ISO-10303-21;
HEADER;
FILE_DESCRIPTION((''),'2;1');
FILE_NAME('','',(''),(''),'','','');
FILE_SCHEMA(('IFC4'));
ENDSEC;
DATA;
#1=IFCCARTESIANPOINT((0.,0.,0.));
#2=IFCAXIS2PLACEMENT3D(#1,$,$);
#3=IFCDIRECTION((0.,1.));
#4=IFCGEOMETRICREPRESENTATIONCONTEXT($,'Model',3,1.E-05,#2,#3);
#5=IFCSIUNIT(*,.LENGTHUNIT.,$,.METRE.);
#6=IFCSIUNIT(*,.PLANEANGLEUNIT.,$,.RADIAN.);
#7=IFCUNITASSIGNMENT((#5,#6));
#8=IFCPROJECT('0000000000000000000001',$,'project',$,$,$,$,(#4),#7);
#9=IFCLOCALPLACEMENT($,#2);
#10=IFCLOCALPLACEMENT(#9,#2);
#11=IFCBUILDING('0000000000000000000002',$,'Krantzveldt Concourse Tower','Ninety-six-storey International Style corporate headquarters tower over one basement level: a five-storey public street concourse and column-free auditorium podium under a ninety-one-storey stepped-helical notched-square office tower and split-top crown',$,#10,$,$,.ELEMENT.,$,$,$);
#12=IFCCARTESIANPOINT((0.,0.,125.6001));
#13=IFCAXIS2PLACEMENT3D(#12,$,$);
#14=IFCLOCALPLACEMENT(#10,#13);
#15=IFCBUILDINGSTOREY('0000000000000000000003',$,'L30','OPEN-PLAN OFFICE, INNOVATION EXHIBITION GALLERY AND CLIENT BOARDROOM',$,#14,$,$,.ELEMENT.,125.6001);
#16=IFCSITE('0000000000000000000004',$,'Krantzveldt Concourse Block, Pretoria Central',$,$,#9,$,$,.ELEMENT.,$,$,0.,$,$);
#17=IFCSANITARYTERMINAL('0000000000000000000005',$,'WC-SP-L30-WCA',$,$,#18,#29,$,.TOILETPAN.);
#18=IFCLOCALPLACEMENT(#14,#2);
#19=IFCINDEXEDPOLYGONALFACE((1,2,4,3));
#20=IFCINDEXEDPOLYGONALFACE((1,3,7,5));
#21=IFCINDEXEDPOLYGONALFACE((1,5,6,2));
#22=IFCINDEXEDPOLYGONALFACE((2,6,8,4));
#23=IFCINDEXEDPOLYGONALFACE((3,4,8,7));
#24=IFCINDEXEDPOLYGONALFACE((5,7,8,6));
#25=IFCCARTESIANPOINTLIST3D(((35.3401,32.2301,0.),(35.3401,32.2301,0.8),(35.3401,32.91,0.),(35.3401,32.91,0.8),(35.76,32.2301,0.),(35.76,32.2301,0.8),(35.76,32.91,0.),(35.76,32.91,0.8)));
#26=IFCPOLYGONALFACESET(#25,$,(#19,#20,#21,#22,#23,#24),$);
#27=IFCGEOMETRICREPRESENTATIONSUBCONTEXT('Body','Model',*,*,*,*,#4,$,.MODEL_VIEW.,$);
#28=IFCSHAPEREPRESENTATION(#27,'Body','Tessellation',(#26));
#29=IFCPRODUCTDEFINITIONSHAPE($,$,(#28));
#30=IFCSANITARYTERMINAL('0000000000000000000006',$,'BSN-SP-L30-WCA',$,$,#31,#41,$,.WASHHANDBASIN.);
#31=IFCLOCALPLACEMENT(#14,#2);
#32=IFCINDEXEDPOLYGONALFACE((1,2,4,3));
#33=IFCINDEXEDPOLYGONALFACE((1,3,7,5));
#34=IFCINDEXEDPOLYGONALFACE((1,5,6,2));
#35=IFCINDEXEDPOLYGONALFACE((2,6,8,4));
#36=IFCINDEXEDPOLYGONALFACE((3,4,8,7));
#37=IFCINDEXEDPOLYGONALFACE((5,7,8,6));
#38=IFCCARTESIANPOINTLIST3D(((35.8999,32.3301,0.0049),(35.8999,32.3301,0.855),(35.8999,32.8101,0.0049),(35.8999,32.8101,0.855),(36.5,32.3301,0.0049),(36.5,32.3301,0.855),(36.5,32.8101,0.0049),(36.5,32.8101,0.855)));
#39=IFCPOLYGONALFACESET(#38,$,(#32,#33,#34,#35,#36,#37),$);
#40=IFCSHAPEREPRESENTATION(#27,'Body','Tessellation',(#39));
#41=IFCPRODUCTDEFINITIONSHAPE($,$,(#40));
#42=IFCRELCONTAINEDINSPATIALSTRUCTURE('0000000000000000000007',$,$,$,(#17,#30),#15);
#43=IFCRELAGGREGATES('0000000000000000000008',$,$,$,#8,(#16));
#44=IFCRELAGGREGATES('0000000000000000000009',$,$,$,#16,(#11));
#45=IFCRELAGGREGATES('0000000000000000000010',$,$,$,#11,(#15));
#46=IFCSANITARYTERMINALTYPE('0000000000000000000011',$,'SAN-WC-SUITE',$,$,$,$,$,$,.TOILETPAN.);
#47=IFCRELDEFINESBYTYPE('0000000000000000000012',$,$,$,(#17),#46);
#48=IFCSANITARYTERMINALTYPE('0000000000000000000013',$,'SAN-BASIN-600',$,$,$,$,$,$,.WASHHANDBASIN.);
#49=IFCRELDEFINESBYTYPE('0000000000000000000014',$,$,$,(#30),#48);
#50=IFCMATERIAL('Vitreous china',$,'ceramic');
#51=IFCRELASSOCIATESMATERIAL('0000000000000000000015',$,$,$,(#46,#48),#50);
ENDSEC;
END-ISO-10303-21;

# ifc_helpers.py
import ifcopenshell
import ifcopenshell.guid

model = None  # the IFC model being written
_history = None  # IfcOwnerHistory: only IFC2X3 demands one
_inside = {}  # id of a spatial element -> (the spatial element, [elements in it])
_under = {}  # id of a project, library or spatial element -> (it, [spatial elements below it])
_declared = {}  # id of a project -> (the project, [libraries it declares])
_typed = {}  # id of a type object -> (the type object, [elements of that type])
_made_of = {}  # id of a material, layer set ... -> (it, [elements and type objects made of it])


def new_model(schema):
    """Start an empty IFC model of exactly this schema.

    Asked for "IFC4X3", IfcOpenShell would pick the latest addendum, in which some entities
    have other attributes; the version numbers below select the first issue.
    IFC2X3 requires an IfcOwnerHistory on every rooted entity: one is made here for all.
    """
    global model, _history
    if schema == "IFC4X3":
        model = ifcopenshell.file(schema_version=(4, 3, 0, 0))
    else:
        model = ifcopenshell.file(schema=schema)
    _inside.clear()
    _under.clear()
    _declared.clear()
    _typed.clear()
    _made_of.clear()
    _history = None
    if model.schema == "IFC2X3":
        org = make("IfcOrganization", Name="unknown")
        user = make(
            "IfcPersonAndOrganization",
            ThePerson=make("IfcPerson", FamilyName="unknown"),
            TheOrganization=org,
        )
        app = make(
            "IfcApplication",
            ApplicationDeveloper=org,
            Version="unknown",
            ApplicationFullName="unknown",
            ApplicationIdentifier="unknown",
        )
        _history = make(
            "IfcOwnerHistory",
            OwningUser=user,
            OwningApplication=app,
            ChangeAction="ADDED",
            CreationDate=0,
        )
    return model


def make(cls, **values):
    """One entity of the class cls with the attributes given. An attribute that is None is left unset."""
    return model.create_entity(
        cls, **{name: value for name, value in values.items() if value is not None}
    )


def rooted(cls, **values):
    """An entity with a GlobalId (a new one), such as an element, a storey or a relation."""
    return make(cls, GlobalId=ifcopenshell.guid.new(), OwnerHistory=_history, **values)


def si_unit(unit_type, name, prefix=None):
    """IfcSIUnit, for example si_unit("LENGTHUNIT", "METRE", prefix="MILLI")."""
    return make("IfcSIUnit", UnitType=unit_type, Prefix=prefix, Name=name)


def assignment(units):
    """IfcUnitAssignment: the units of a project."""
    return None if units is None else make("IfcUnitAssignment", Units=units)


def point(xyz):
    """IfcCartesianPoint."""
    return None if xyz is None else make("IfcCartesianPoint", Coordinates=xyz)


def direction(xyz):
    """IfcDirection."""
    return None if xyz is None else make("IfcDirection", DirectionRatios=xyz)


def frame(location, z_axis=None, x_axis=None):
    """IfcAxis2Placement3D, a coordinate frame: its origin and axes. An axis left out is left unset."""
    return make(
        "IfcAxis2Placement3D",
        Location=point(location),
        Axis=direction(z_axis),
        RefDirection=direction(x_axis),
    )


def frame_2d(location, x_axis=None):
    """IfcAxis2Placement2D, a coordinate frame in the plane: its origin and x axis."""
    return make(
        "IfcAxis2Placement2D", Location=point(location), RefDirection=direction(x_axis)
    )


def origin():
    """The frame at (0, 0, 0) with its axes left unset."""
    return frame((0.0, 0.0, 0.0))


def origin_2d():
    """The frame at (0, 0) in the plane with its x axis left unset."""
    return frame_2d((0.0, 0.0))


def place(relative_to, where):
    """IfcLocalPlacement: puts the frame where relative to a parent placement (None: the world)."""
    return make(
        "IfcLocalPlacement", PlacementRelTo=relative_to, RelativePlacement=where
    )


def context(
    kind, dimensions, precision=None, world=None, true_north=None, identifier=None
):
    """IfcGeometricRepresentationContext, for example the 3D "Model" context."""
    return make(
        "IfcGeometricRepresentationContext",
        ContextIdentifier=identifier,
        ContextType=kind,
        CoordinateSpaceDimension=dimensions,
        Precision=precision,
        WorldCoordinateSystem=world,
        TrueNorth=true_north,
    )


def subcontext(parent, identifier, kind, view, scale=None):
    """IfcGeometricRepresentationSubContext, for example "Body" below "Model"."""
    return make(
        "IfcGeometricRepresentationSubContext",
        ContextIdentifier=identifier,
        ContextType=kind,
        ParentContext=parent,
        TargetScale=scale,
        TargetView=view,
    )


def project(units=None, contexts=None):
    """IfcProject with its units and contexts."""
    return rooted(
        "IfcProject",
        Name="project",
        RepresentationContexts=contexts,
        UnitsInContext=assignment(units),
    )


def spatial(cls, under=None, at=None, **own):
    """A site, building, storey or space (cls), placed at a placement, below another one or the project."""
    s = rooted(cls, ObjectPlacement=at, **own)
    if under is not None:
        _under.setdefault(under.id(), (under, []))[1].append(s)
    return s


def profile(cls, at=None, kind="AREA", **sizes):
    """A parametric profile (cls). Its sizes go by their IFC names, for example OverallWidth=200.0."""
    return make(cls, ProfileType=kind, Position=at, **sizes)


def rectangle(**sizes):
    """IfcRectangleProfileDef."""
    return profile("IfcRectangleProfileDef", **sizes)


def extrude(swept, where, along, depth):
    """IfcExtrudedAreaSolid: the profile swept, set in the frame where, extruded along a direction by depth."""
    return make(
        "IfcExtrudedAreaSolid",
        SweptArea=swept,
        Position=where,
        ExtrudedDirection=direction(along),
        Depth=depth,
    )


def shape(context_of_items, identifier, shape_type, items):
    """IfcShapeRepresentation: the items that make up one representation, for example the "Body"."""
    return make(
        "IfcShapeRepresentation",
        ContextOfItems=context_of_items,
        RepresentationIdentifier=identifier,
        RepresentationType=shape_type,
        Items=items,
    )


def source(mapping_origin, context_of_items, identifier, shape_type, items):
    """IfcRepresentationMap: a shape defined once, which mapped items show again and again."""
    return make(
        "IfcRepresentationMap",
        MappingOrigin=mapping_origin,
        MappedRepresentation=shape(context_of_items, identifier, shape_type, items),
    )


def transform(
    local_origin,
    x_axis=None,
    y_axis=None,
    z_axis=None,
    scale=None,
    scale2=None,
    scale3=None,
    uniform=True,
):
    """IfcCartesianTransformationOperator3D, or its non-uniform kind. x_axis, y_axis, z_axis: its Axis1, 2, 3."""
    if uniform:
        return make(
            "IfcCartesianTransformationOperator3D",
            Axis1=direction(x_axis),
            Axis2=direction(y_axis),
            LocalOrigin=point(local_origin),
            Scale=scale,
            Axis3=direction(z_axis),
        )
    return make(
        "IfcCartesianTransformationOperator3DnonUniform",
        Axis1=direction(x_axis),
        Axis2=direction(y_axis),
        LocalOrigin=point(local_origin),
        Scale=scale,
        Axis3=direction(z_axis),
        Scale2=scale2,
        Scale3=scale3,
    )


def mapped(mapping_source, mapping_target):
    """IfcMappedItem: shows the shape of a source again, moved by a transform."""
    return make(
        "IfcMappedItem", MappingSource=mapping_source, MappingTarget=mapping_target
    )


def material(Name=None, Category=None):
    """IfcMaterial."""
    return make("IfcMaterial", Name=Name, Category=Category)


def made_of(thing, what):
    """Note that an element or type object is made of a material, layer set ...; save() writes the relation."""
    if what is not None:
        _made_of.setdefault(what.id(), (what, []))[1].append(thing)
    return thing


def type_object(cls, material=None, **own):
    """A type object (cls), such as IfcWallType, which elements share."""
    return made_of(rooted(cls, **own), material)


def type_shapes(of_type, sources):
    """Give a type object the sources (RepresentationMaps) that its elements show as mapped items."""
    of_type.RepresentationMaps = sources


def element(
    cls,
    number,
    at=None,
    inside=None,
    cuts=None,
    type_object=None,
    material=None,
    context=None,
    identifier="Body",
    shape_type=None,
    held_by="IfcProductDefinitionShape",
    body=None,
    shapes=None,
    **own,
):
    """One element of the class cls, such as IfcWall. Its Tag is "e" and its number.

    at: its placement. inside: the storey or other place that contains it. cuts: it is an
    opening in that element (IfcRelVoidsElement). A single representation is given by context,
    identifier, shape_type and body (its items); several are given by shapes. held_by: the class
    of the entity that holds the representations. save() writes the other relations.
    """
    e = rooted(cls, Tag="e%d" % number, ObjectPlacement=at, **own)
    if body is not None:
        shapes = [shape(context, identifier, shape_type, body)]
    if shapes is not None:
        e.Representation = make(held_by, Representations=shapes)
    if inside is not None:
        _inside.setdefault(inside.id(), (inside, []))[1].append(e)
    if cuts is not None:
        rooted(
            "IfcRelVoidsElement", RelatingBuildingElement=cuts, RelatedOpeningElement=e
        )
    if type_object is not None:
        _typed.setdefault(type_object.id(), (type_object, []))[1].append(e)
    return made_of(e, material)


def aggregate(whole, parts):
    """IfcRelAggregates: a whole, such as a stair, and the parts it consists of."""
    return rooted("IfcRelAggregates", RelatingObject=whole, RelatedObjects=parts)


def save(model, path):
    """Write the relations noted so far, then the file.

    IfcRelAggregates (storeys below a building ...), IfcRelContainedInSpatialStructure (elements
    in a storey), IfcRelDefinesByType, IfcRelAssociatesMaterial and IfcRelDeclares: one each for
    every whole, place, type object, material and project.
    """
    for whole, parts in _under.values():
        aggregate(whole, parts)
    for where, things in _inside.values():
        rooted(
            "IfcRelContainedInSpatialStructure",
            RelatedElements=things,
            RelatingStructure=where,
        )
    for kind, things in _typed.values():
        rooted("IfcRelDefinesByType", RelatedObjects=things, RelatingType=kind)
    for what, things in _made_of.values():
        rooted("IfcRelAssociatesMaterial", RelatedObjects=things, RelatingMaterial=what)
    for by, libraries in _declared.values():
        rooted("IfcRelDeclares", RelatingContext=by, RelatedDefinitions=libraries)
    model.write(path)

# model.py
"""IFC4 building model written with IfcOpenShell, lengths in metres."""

from ifc_helpers import new_model, si_unit, direction, frame, origin, origin_2d, place, context, subcontext, project, spatial, rectangle, extrude, source, transform, mapped, material, type_object, type_shapes, element, save


model = new_model("IFC4")

# Units and contexts
model_context = context("Model", 3, precision=1e-05, world=origin(), true_north=direction((0.0, 1.0)))
body_context = subcontext(model_context, "Body", "Model", "MODEL_VIEW")
ifc_project = project(units=[si_unit("LENGTHUNIT", "METRE"), si_unit("PLANEANGLEUNIT", "RADIAN")], contexts=[model_context])

# Site, building, storey
site_placement = place(None, origin())
site = spatial("IfcSite", under=ifc_project, at=site_placement, Name="Krantzveldt Concourse Block, Pretoria Central", CompositionType="ELEMENT", RefElevation=0.0)
building_placement = place(site_placement, origin())
building = spatial("IfcBuilding", under=site, at=building_placement, Name="Krantzveldt Concourse Tower", Description="Ninety-six-storey International Style corporate headquarters tower over one basement level: a five-storey public street concourse and column-free auditorium podium under a ninety-one-storey stepped-helical notched-square office tower and split-top crown", CompositionType="ELEMENT")
storey_placement = place(building_placement, frame((0.0, 0.0, 125.6001)))
storey = spatial("IfcBuildingStorey", under=building, at=storey_placement, Name="L30", Description="OPEN-PLAN OFFICE, INNOVATION EXHIBITION GALLERY AND CLIENT BOARDROOM", CompositionType="ELEMENT", Elevation=125.6001)

# Sanitary terminals
ifc_material_1 = material(Name="Vitreous china", Category="ceramic")
sanitary_terminal_type_1 = type_object("IfcSanitaryTerminalType", Name="SAN-WC-SUITE", PredefinedType="TOILETPAN", material=ifc_material_1)
shared_shape_1 = source(origin(), body_context, "Body", "SweptSolid", [
    extrude(rectangle(XDim=0.4199, YDim=0.6799, at=origin_2d()), origin(), (0.0, 0.0, 1.0), 0.8),
])
type_shapes(sanitary_terminal_type_1, [shared_shape_1])
sanitary_terminal_1_placement = place(storey_placement, frame((35.55, 32.5701, 0.0), z_axis=(0.0, 0.0, 1.0), x_axis=(1.0, 0.0, 0.0)))
element("IfcSanitaryTerminal", 1, at=sanitary_terminal_1_placement, inside=storey, type_object=sanitary_terminal_type_1, Name="WC-SP-L30-WCA", PredefinedType="TOILETPAN", context=body_context, shape_type="MappedRepresentation", body=[
    mapped(shared_shape_1, transform((0.0, 0.0, 0.0), x_axis=(1.0, 0.0, 0.0), y_axis=(0.0, 1.0, 0.0), z_axis=(0.0, 0.0, 1.0), scale=1.0)),
])
sanitary_terminal_type_2 = type_object("IfcSanitaryTerminalType", Name="SAN-BASIN-600", PredefinedType="WASHHANDBASIN", material=ifc_material_1)
shared_shape_2 = source(origin(), body_context, "Body", "SweptSolid", [
    extrude(rectangle(XDim=0.6001, YDim=0.48, at=origin_2d()), origin(), (0.0, 0.0, 1.0), 0.8501),
])
type_shapes(sanitary_terminal_type_2, [shared_shape_2])
sanitary_terminal_2_placement = place(storey_placement, frame((36.2, 32.5701, 0.0049), z_axis=(0.0, 0.0, 1.0), x_axis=(1.0, 0.0, 0.0)))
element("IfcSanitaryTerminal", 2, at=sanitary_terminal_2_placement, inside=storey, type_object=sanitary_terminal_type_2, Name="BSN-SP-L30-WCA", PredefinedType="WASHHANDBASIN", context=body_context, shape_type="MappedRepresentation", body=[
    mapped(shared_shape_2, transform((0.0, 0.0, 0.0), x_axis=(1.0, 0.0, 0.0), y_axis=(0.0, 1.0, 0.0), z_axis=(0.0, 0.0, 1.0), scale=1.0)),
])

save(model, "model.ifc")
